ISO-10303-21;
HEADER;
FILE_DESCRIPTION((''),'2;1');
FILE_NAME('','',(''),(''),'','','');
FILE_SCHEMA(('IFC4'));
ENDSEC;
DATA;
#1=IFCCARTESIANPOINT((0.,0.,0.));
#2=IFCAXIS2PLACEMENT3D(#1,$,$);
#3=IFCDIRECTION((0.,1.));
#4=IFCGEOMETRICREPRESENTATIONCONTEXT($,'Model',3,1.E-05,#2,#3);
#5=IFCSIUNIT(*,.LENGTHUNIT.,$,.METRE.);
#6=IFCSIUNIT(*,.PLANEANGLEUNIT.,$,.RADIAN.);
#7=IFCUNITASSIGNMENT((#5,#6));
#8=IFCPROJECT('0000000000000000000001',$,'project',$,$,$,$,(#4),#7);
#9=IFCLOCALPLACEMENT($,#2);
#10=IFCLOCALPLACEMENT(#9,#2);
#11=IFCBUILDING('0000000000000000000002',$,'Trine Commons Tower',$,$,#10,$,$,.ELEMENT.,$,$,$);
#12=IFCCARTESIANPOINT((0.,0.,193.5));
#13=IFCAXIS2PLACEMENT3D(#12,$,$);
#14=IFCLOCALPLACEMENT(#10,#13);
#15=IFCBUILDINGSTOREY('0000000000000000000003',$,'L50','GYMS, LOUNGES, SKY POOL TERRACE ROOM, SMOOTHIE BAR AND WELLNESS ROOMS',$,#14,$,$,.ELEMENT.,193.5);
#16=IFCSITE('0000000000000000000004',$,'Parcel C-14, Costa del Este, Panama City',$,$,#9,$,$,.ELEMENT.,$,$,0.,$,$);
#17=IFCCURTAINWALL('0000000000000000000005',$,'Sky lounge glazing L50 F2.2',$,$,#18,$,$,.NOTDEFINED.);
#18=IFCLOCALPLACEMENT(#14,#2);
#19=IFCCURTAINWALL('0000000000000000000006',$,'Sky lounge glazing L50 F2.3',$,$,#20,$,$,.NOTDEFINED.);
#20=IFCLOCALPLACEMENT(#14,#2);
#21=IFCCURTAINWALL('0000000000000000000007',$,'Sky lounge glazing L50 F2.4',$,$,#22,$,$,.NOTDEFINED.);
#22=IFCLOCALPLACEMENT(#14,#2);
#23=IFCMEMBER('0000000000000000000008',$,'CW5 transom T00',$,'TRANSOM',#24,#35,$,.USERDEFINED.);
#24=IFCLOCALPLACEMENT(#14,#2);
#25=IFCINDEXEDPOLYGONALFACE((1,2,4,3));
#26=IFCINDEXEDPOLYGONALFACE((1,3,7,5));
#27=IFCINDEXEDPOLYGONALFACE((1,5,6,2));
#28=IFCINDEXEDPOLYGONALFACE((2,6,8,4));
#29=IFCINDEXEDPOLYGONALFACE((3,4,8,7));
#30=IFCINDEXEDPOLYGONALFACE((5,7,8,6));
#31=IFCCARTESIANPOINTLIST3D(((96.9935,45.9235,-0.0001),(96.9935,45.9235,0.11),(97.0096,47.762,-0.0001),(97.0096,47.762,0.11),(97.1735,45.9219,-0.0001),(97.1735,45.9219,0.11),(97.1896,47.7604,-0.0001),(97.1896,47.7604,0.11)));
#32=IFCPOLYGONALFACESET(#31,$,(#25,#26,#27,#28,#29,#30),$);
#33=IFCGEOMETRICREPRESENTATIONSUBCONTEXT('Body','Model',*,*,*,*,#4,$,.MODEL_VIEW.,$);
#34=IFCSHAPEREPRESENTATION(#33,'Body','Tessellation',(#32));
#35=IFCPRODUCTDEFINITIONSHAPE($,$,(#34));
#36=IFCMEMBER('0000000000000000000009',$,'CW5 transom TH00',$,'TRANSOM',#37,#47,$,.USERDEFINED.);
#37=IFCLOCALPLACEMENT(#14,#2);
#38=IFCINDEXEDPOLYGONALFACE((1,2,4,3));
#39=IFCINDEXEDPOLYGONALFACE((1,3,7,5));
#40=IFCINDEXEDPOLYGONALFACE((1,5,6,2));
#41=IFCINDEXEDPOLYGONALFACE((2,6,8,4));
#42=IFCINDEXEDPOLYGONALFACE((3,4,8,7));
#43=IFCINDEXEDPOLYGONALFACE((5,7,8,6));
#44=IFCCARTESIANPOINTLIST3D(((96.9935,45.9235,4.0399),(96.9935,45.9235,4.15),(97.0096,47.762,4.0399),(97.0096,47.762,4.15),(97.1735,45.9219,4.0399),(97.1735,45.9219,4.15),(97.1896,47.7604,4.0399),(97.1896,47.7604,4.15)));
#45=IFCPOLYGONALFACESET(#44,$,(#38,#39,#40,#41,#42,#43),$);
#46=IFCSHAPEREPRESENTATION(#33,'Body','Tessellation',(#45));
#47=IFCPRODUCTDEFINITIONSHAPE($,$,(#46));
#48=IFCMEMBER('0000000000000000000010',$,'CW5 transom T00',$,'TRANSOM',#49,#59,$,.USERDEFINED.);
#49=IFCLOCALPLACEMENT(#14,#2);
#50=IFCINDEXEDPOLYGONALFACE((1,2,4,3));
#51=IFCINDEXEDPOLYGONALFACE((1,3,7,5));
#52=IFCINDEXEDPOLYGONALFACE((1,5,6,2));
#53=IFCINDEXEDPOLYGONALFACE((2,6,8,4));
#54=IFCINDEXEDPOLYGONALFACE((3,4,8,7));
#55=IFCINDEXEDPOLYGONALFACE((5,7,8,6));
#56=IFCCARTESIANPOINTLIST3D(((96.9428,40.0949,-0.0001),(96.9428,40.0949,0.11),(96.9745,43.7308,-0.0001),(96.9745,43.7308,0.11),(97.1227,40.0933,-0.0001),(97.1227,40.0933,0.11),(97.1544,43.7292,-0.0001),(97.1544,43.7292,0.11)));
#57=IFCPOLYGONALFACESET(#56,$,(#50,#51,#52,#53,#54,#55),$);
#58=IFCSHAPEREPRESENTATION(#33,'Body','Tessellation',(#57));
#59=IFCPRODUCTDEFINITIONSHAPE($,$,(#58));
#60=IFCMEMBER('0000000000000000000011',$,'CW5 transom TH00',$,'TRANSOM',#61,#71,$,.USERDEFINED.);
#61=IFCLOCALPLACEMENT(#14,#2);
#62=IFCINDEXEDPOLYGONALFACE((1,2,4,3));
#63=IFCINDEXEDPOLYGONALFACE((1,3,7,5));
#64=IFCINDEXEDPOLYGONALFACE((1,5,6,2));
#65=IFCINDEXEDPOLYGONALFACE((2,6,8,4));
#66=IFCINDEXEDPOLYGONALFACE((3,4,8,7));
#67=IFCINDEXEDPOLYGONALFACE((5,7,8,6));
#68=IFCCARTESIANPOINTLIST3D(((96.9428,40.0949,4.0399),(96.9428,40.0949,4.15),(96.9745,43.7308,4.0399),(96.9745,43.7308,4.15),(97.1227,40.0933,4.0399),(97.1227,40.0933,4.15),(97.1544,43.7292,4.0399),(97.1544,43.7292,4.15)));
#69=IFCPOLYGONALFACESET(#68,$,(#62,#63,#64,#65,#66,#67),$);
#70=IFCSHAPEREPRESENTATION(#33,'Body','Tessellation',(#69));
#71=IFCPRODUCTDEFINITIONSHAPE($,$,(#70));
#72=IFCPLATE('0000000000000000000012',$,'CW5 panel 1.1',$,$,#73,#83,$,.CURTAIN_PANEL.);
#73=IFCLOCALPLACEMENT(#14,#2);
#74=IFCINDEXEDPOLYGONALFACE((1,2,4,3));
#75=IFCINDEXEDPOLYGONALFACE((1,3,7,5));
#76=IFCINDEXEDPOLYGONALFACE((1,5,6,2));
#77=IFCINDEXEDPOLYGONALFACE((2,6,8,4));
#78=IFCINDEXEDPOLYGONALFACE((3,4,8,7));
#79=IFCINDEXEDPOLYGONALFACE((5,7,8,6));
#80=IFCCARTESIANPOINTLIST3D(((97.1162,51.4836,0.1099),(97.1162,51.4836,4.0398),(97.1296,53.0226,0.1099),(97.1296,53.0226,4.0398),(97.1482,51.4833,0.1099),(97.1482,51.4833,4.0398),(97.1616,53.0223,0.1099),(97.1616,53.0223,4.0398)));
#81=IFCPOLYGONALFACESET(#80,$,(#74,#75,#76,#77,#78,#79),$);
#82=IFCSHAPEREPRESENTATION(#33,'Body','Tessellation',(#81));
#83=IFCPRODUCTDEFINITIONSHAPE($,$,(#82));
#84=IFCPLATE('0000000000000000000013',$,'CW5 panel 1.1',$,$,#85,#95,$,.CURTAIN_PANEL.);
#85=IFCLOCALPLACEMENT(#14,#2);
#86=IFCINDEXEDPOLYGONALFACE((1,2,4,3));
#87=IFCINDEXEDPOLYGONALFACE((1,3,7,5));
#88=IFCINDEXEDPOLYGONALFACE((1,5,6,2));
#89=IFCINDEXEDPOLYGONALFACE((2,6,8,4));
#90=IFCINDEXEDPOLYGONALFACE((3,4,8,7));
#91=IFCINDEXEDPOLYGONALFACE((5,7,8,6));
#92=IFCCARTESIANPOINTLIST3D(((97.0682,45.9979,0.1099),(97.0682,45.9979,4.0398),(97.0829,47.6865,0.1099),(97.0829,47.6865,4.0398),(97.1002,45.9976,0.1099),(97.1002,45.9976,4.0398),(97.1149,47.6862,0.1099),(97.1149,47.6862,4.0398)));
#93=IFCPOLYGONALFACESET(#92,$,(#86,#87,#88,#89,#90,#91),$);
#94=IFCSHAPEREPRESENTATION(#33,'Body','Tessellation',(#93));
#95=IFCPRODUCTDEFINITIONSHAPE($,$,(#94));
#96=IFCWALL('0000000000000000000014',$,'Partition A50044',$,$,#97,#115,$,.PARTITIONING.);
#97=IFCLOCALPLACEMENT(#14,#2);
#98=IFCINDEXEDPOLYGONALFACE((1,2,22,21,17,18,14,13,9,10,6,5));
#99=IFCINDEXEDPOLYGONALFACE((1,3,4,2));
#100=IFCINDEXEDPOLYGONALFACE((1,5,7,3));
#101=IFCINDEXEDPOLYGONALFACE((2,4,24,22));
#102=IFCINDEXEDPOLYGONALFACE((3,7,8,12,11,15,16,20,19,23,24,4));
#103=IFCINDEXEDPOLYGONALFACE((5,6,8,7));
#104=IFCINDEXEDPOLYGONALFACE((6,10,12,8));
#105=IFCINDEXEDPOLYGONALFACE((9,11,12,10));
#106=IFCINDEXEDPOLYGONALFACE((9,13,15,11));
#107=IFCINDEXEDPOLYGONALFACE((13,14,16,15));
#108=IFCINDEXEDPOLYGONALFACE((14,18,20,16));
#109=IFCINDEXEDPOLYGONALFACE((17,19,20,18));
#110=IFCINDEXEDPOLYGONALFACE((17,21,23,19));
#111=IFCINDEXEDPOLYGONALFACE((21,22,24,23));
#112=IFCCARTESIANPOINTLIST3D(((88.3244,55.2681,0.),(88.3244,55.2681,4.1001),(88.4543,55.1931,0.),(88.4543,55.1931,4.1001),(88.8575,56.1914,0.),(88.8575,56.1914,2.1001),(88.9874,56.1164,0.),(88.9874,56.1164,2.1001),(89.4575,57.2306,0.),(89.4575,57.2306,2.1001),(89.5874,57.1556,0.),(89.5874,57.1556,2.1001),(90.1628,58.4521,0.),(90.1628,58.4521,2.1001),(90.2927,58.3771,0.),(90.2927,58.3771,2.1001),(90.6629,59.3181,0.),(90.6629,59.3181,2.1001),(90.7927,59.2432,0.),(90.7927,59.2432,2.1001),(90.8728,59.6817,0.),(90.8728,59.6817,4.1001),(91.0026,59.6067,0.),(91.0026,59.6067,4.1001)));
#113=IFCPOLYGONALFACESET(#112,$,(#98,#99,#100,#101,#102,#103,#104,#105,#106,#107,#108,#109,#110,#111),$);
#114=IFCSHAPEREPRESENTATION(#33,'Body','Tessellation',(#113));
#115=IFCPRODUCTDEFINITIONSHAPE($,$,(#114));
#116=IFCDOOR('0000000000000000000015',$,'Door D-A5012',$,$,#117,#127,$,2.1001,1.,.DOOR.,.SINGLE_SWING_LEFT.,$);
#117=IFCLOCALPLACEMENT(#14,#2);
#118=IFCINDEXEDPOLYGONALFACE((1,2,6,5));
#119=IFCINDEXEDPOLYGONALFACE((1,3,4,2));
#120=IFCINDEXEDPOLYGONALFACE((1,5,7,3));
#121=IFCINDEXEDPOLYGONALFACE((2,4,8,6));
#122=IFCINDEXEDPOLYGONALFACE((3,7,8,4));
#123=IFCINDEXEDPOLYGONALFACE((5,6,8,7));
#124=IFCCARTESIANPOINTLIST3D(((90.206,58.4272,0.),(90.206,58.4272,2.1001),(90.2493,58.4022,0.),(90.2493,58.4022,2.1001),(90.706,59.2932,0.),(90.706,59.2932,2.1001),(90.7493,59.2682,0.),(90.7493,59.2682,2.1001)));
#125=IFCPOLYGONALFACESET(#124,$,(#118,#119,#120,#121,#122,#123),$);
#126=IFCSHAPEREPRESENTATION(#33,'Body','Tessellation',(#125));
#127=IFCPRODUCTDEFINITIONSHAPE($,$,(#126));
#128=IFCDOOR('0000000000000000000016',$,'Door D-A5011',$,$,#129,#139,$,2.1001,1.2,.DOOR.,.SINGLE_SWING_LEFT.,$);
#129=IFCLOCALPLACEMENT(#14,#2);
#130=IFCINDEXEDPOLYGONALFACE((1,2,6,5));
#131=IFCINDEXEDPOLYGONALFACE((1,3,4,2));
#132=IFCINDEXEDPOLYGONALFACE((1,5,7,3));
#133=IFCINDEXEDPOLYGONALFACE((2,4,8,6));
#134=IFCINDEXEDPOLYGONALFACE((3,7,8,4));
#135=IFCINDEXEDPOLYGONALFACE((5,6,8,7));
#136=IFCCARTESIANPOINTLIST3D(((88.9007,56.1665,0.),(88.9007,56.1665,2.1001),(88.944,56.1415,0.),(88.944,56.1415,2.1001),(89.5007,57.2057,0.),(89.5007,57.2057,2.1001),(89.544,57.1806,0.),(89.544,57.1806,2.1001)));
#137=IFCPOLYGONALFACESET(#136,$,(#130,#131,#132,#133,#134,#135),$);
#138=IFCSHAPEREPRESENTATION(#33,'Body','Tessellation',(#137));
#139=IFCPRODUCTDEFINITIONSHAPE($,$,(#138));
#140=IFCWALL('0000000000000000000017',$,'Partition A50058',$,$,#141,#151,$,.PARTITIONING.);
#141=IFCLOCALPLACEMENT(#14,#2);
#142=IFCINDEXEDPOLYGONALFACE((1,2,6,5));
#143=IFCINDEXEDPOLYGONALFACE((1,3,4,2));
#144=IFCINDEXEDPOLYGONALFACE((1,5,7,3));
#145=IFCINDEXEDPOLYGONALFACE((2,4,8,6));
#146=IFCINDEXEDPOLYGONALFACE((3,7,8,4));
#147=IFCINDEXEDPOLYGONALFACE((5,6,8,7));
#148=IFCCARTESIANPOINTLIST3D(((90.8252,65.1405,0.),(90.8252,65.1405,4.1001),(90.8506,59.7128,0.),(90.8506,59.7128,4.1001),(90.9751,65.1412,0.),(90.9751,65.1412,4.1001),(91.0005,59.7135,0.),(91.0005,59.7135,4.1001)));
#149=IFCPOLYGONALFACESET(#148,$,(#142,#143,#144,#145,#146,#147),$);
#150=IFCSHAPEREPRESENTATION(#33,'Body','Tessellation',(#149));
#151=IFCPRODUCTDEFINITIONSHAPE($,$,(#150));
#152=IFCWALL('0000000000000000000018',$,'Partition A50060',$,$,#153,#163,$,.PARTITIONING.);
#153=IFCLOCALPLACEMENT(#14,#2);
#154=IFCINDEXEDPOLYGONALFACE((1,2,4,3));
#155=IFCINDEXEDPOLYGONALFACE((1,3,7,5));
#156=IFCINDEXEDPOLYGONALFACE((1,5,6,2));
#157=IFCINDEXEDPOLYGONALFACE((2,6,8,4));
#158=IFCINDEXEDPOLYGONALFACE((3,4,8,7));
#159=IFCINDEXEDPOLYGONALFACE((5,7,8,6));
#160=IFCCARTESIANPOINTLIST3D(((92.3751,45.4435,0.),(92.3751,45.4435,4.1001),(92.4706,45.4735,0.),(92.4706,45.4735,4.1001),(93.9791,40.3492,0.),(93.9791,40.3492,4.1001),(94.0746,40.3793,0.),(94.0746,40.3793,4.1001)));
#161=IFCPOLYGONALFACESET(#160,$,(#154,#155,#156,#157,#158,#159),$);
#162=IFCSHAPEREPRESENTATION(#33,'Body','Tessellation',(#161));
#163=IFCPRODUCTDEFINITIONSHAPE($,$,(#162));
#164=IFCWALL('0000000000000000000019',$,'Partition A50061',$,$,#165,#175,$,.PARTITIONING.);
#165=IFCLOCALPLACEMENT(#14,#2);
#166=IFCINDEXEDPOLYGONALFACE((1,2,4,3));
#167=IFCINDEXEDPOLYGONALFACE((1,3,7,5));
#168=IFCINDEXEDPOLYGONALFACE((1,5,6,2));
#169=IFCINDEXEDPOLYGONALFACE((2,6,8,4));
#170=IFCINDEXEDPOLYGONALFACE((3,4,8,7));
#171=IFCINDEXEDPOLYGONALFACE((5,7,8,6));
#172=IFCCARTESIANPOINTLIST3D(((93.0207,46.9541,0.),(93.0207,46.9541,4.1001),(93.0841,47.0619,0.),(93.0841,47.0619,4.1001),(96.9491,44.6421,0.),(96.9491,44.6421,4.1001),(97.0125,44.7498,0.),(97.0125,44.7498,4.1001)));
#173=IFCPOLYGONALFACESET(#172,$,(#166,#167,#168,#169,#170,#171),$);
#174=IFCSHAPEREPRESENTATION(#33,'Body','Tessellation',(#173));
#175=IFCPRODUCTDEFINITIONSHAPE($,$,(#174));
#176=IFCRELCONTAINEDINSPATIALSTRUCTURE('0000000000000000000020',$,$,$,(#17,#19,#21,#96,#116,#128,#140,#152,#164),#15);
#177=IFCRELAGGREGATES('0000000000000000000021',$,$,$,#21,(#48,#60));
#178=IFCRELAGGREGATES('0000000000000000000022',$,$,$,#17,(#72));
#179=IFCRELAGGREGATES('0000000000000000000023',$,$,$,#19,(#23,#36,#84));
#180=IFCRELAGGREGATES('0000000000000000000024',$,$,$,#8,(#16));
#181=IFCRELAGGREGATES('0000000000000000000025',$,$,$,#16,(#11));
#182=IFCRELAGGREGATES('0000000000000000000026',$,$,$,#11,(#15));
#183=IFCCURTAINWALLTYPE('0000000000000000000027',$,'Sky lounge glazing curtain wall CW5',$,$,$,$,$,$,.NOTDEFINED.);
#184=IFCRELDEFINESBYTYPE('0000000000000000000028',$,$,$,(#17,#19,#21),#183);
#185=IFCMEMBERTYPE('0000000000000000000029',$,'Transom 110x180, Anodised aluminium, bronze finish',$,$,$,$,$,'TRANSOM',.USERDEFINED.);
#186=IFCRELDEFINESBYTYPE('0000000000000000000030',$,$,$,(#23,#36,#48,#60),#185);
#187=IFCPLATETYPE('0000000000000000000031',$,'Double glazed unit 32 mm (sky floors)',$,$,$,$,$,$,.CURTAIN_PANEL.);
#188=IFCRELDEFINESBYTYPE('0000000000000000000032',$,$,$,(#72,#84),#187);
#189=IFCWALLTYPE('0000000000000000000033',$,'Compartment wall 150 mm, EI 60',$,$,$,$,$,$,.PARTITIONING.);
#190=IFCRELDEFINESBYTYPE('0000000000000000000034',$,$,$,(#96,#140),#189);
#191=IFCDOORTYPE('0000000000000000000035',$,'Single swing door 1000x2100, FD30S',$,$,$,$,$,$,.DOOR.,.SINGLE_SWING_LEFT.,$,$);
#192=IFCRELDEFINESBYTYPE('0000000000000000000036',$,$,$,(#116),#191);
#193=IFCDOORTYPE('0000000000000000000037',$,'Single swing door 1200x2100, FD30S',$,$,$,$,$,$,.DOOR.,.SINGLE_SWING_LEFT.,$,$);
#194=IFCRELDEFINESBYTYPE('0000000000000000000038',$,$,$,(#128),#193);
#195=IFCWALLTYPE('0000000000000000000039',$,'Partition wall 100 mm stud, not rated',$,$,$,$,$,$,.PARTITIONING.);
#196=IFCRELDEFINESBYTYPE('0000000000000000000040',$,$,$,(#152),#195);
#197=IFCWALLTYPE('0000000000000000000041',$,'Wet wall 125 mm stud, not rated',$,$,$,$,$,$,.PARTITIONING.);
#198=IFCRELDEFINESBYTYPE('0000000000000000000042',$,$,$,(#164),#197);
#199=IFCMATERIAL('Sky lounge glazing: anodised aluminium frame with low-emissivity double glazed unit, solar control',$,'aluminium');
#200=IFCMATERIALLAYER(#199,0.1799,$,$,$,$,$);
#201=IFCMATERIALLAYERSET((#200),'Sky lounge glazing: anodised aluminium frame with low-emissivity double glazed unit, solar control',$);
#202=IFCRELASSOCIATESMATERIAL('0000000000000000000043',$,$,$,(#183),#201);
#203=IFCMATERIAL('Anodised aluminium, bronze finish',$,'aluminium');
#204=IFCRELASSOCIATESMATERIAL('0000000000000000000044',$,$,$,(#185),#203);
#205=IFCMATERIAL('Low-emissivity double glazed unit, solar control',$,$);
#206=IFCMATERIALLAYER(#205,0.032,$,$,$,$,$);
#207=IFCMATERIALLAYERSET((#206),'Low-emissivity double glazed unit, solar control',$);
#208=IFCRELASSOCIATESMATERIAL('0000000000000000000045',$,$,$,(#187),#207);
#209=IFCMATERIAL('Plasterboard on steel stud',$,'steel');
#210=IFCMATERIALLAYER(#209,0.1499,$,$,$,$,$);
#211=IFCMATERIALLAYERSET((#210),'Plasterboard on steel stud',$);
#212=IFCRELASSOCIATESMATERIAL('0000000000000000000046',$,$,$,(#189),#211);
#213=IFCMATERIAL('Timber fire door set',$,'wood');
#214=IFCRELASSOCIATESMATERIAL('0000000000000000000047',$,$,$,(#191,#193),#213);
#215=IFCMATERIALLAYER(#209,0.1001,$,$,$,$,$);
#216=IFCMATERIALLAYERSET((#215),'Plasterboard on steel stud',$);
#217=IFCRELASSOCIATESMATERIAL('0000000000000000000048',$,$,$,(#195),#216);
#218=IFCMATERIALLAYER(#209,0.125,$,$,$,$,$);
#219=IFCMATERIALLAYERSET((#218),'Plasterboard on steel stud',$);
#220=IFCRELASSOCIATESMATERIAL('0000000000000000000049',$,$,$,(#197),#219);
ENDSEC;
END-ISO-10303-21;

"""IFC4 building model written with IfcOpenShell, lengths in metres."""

from ifc_helpers import new_model, si_unit, direction, frame, frame_2d, origin, origin_2d, place, context, subcontext, project, spatial, rectangle, extrude, material, layer, layer_set, material_profile, profile_set, type_object, element, fill, aggregate, save


model = new_model("IFC4")

# Units and contexts
model_context = context("Model", 3, precision=1e-05, world=origin(), true_north=direction((0.0, 1.0)))
body_context = subcontext(model_context, "Body", "Model", "MODEL_VIEW")
ifc_project = project(units=[si_unit("LENGTHUNIT", "METRE"), si_unit("PLANEANGLEUNIT", "RADIAN")], contexts=[model_context])

# Site, building, storey
site_placement = place(None, origin())
site = spatial("IfcSite", under=ifc_project, at=site_placement, Name="Parcel C-14, Costa del Este, Panama City", CompositionType="ELEMENT", RefElevation=0.0)
building_placement = place(site_placement, origin())
building = spatial("IfcBuilding", under=site, at=building_placement, Name="Trine Commons Tower", CompositionType="ELEMENT")
storey_placement = place(building_placement, frame((0.0, 0.0, 193.5)))
storey = spatial("IfcBuildingStorey", under=building, at=storey_placement, Name="L50", Description="GYMS, LOUNGES, SKY POOL TERRACE ROOM, SMOOTHIE BAR AND WELLNESS ROOMS", CompositionType="ELEMENT", Elevation=193.5)

# Curtain walls
ifc_material_1 = material(Name="Sky lounge glazing: anodised aluminium frame with low-emissivity double glazed unit, solar control", Category="aluminium")
ifc_layer_1 = layer(ifc_material_1, 0.1799)
ifc_layer_set_1 = layer_set([ifc_layer_1], Name="Sky lounge glazing: anodised aluminium frame with low-emissivity double glazed unit, solar control")
curtain_wall_type = type_object("IfcCurtainWallType", Name="Sky lounge glazing curtain wall CW5", PredefinedType="NOTDEFINED", material=ifc_layer_set_1)
curtain_wall_1_placement = place(storey_placement, origin())
curtain_wall_1 = element("IfcCurtainWall", 1, at=curtain_wall_1_placement, inside=storey, type_object=curtain_wall_type, Name="Sky lounge glazing L50 F2.2", PredefinedType="NOTDEFINED")
ifc_material_2 = material(Name="Anodised aluminium, bronze finish", Category="aluminium")
curtain_wall_2_placement = place(storey_placement, origin())
curtain_wall_2 = element("IfcCurtainWall", 2, at=curtain_wall_2_placement, inside=storey, type_object=curtain_wall_type, Name="Sky lounge glazing L50 F2.3", PredefinedType="NOTDEFINED")

# Curtain wall
curtain_wall_3_placement = place(storey_placement, origin())
curtain_wall_3 = element("IfcCurtainWall", 3, at=curtain_wall_3_placement, inside=storey, type_object=curtain_wall_type, Name="Sky lounge glazing L50 F2.4", PredefinedType="NOTDEFINED")

# Members
ifc_material_profile_1 = material_profile(ifc_material_2, rectangle(XDim=0.1799, YDim=0.1101, at=origin_2d()), Name="Transom 110x180")
ifc_profile_set_1 = profile_set([ifc_material_profile_1], Name="Anodised aluminium, bronze finish")
member_type_1 = type_object("IfcMemberType", Name="Transom 110x180, Anodised aluminium, bronze finish", ElementType="TRANSOM", PredefinedType="USERDEFINED", material=ifc_profile_set_1)
member_1_placement = place(storey_placement, frame((97.0996, 47.7612, 0.0549), z_axis=(-0.008763, -0.999962, 0.0), x_axis=(0.999962, -0.008763, 0.0)))
member_1 = element("IfcMember", 4, at=member_1_placement, type_object=member_type_1, Name="CW5 transom T00", ObjectType="TRANSOM", PredefinedType="USERDEFINED", context=body_context, shape_type="SweptSolid", body=[
    extrude(rectangle(XDim=0.1799, YDim=0.1101, at=origin_2d()), origin(), (0.0, 0.0, 1.0), 1.8386),
])
member_2_placement = place(storey_placement, frame((97.0996, 47.7612, 4.095), z_axis=(-0.008763, -0.999962, 0.0), x_axis=(0.999962, -0.008763, 0.0)))
member_2 = element("IfcMember", 5, at=member_2_placement, type_object=member_type_1, Name="CW5 transom TH00", ObjectType="TRANSOM", PredefinedType="USERDEFINED", context=body_context, shape_type="SweptSolid", body=[
    extrude(rectangle(XDim=0.1799, YDim=0.1101, at=origin_2d()), origin(), (0.0, 0.0, 1.0), 1.8386),
])
member_3_placement = place(storey_placement, frame((97.0645, 43.73, 0.0549), z_axis=(-0.008729, -0.999962, 0.0), x_axis=(0.999962, -0.008729, 0.0)))
member_3 = element("IfcMember", 6, at=member_3_placement, type_object=member_type_1, Name="CW5 transom T00", ObjectType="TRANSOM", PredefinedType="USERDEFINED", context=body_context, shape_type="SweptSolid", body=[
    extrude(rectangle(XDim=0.1799, YDim=0.1101, at=origin_2d()), origin(), (0.0, 0.0, 1.0), 3.636),
])
member_4_placement = place(storey_placement, frame((97.0645, 43.73, 4.095), z_axis=(-0.008729, -0.999962, 0.0), x_axis=(0.999962, -0.008729, 0.0)))
member_4 = element("IfcMember", 7, at=member_4_placement, type_object=member_type_1, Name="CW5 transom TH00", ObjectType="TRANSOM", PredefinedType="USERDEFINED", context=body_context, shape_type="SweptSolid", body=[
    extrude(rectangle(XDim=0.1799, YDim=0.1101, at=origin_2d()), origin(), (0.0, 0.0, 1.0), 3.636),
])
aggregate(curtain_wall_3, [member_3, member_4])

# Plates
ifc_material_3 = material(Name="Low-emissivity double glazed unit, solar control")
ifc_layer_2 = layer(ifc_material_3, 0.032)
ifc_layer_set_2 = layer_set([ifc_layer_2], Name="Low-emissivity double glazed unit, solar control")
plate_type = type_object("IfcPlateType", Name="Double glazed unit 32 mm (sky floors)", PredefinedType="CURTAIN_PANEL", material=ifc_layer_set_2)
plate_1_placement = place(storey_placement, frame((97.1389, 52.2529, 0.1099), z_axis=(0.0, 0.0, 1.0), x_axis=(-0.008727, -0.999962, 0.0)))
plate_1 = element("IfcPlate", 8, at=plate_1_placement, type_object=plate_type, Name="CW5 panel 1.1", PredefinedType="CURTAIN_PANEL", context=body_context, shape_type="SweptSolid", body=[
    extrude(rectangle(XDim=1.5391, YDim=0.032, at=origin_2d()), origin(), (0.0, 0.0, 1.0), 3.9299),
])
aggregate(curtain_wall_1, [plate_1])
plate_2_placement = place(storey_placement, frame((97.0916, 46.842, 0.1099), z_axis=(0.0, 0.0, 1.0), x_axis=(-0.008727, -0.999962, 0.0)))
plate_2 = element("IfcPlate", 9, at=plate_2_placement, type_object=plate_type, Name="CW5 panel 1.1", PredefinedType="CURTAIN_PANEL", context=body_context, shape_type="SweptSolid", body=[
    extrude(rectangle(XDim=1.6887, YDim=0.032, at=origin_2d()), origin(), (0.0, 0.0, 1.0), 3.9299),
])
aggregate(curtain_wall_2, [member_1, member_2, plate_2])

# Wall, openings, doors
ifc_material_4 = material(Name="Plasterboard on steel stud", Category="steel")
ifc_layer_3 = layer(ifc_material_4, 0.1499)
ifc_layer_set_3 = layer_set([ifc_layer_3], Name="Plasterboard on steel stud")
wall_type_1 = type_object("IfcWallType", Name="Compartment wall 150 mm, EI 60", PredefinedType="PARTITIONING", material=ifc_layer_set_3)
wall_1_placement = place(storey_placement, frame((90.9377, 59.6443, 0.0), z_axis=(0.0, 0.0, 1.0), x_axis=(-0.500024, -0.866012, 0.0)))
wall_1 = element("IfcWall", 10, at=wall_1_placement, inside=storey, type_object=wall_type_1, Name="Partition A50044", PredefinedType="PARTITIONING", context=body_context, shape_type="SweptSolid", body=[
    extrude(rectangle(XDim=5.0964, YDim=0.1499, at=frame_2d((2.5483, 0.0))), origin(), (0.0, 0.0, 1.0), 4.1001),
])
opening_1_placement = place(wall_1_placement, frame((2.8303, 0.0, 0.0)))
opening_1 = element("IfcOpeningElement", 11, at=opening_1_placement, cuts=wall_1, PredefinedType="OPENING", context=body_context, shape_type="SweptSolid", body=[
    extrude(rectangle(XDim=1.2, YDim=2.1001, at=frame_2d((0.6001, 1.05))), frame((0.0, 0.085, 0.0), z_axis=(0.0, -1.0, 0.0), x_axis=(1.0, 0.0, 0.0)), (0.0, 0.0, 1.0), 0.1699),
])
opening_2_placement = place(wall_1_placement, frame((0.4199, 0.0, 0.0)))
opening_2 = element("IfcOpeningElement", 12, at=opening_2_placement, cuts=wall_1, PredefinedType="OPENING", context=body_context, shape_type="SweptSolid", body=[
    extrude(rectangle(XDim=1.0, YDim=2.1001, at=frame_2d((0.5, 1.05))), frame((0.0, 0.085, 0.0), z_axis=(0.0, -1.0, 0.0), x_axis=(1.0, 0.0, 0.0)), (0.0, 0.0, 1.0), 0.1699),
])
ifc_material_5 = material(Name="Timber fire door set", Category="wood")
door_type_1 = type_object("IfcDoorType", Name="Single swing door 1000x2100, FD30S", OperationType="SINGLE_SWING_LEFT", PredefinedType="DOOR", material=ifc_material_5)
door_1_placement = place(opening_2_placement, origin())
door_1 = element("IfcDoor", 13, at=door_1_placement, inside=storey, type_object=door_type_1, Name="Door D-A5012", OperationType="SINGLE_SWING_LEFT", OverallHeight=2.1001, OverallWidth=1.0, PredefinedType="DOOR", context=body_context, shape_type="SweptSolid", body=[
    extrude(rectangle(XDim=1.0, YDim=2.1001, at=frame_2d((0.5, 1.05))), frame((0.0, 0.0249, 0.0), z_axis=(0.0, -1.0, 0.0), x_axis=(1.0, 0.0, 0.0)), (0.0, 0.0, 1.0), 0.05),
])
fill(opening_2, door_1)
door_type_2 = type_object("IfcDoorType", Name="Single swing door 1200x2100, FD30S", OperationType="SINGLE_SWING_LEFT", PredefinedType="DOOR", material=ifc_material_5)
door_2_placement = place(opening_1_placement, origin())
door_2 = element("IfcDoor", 14, at=door_2_placement, inside=storey, type_object=door_type_2, Name="Door D-A5011", OperationType="SINGLE_SWING_LEFT", OverallHeight=2.1001, OverallWidth=1.2, PredefinedType="DOOR", context=body_context, shape_type="SweptSolid", body=[
    extrude(rectangle(XDim=1.2, YDim=2.1001, at=frame_2d((0.6001, 1.05))), frame((0.0, 0.0249, 0.0), z_axis=(0.0, -1.0, 0.0), x_axis=(1.0, 0.0, 0.0)), (0.0, 0.0, 1.0), 0.05),
])
fill(opening_1, door_2)

# Wall
wall_2_placement = place(storey_placement, frame((90.9255, 59.7131, 0.0), z_axis=(0.0, 0.0, 1.0), x_axis=(-0.004678, 0.999989, 0.0)))
element("IfcWall", 15, at=wall_2_placement, inside=storey, type_object=wall_type_1, Name="Partition A50058", PredefinedType="PARTITIONING", context=body_context, shape_type="SweptSolid", body=[
    extrude(rectangle(XDim=5.4277, YDim=0.1499, at=frame_2d((2.7139, 0.0))), origin(), (0.0, 0.0, 1.0), 4.1001),
])

# Walls
ifc_layer_4 = layer(ifc_material_4, 0.1001)
ifc_layer_set_4 = layer_set([ifc_layer_4], Name="Plasterboard on steel stud")
wall_type_2 = type_object("IfcWallType", Name="Partition wall 100 mm stud, not rated", PredefinedType="PARTITIONING", material=ifc_layer_set_4)
wall_3_placement = place(storey_placement, frame((92.4229, 45.4585, 0.0), z_axis=(0.0, 0.0, 1.0), x_axis=(0.300331, -0.953835, 0.0)))
element("IfcWall", 16, at=wall_3_placement, inside=storey, type_object=wall_type_2, Name="Partition A50060", PredefinedType="PARTITIONING", context=body_context, shape_type="SweptSolid", body=[
    extrude(rectangle(XDim=5.3408, YDim=0.1001, at=frame_2d((2.6704, 0.0))), origin(), (0.0, 0.0, 1.0), 4.1001),
])
ifc_layer_5 = layer(ifc_material_4, 0.125)
ifc_layer_set_5 = layer_set([ifc_layer_5], Name="Plasterboard on steel stud")
wall_type_3 = type_object("IfcWallType", Name="Wet wall 125 mm stud, not rated", PredefinedType="PARTITIONING", material=ifc_layer_set_5)
wall_4_placement = place(storey_placement, frame((93.0522, 47.0081, 0.0), z_axis=(0.0, 0.0, 1.0), x_axis=(0.861824, -0.507207, 0.0)))
element("IfcWall", 17, at=wall_4_placement, inside=storey, type_object=wall_type_3, Name="Partition A50061", PredefinedType="PARTITIONING", context=body_context, shape_type="SweptSolid", body=[
    extrude(rectangle(XDim=4.5583, YDim=0.125, at=frame_2d((2.2793, 0.0))), origin(), (0.0, 0.0, 1.0), 4.1001),
])

save(model, "model.ifc")
